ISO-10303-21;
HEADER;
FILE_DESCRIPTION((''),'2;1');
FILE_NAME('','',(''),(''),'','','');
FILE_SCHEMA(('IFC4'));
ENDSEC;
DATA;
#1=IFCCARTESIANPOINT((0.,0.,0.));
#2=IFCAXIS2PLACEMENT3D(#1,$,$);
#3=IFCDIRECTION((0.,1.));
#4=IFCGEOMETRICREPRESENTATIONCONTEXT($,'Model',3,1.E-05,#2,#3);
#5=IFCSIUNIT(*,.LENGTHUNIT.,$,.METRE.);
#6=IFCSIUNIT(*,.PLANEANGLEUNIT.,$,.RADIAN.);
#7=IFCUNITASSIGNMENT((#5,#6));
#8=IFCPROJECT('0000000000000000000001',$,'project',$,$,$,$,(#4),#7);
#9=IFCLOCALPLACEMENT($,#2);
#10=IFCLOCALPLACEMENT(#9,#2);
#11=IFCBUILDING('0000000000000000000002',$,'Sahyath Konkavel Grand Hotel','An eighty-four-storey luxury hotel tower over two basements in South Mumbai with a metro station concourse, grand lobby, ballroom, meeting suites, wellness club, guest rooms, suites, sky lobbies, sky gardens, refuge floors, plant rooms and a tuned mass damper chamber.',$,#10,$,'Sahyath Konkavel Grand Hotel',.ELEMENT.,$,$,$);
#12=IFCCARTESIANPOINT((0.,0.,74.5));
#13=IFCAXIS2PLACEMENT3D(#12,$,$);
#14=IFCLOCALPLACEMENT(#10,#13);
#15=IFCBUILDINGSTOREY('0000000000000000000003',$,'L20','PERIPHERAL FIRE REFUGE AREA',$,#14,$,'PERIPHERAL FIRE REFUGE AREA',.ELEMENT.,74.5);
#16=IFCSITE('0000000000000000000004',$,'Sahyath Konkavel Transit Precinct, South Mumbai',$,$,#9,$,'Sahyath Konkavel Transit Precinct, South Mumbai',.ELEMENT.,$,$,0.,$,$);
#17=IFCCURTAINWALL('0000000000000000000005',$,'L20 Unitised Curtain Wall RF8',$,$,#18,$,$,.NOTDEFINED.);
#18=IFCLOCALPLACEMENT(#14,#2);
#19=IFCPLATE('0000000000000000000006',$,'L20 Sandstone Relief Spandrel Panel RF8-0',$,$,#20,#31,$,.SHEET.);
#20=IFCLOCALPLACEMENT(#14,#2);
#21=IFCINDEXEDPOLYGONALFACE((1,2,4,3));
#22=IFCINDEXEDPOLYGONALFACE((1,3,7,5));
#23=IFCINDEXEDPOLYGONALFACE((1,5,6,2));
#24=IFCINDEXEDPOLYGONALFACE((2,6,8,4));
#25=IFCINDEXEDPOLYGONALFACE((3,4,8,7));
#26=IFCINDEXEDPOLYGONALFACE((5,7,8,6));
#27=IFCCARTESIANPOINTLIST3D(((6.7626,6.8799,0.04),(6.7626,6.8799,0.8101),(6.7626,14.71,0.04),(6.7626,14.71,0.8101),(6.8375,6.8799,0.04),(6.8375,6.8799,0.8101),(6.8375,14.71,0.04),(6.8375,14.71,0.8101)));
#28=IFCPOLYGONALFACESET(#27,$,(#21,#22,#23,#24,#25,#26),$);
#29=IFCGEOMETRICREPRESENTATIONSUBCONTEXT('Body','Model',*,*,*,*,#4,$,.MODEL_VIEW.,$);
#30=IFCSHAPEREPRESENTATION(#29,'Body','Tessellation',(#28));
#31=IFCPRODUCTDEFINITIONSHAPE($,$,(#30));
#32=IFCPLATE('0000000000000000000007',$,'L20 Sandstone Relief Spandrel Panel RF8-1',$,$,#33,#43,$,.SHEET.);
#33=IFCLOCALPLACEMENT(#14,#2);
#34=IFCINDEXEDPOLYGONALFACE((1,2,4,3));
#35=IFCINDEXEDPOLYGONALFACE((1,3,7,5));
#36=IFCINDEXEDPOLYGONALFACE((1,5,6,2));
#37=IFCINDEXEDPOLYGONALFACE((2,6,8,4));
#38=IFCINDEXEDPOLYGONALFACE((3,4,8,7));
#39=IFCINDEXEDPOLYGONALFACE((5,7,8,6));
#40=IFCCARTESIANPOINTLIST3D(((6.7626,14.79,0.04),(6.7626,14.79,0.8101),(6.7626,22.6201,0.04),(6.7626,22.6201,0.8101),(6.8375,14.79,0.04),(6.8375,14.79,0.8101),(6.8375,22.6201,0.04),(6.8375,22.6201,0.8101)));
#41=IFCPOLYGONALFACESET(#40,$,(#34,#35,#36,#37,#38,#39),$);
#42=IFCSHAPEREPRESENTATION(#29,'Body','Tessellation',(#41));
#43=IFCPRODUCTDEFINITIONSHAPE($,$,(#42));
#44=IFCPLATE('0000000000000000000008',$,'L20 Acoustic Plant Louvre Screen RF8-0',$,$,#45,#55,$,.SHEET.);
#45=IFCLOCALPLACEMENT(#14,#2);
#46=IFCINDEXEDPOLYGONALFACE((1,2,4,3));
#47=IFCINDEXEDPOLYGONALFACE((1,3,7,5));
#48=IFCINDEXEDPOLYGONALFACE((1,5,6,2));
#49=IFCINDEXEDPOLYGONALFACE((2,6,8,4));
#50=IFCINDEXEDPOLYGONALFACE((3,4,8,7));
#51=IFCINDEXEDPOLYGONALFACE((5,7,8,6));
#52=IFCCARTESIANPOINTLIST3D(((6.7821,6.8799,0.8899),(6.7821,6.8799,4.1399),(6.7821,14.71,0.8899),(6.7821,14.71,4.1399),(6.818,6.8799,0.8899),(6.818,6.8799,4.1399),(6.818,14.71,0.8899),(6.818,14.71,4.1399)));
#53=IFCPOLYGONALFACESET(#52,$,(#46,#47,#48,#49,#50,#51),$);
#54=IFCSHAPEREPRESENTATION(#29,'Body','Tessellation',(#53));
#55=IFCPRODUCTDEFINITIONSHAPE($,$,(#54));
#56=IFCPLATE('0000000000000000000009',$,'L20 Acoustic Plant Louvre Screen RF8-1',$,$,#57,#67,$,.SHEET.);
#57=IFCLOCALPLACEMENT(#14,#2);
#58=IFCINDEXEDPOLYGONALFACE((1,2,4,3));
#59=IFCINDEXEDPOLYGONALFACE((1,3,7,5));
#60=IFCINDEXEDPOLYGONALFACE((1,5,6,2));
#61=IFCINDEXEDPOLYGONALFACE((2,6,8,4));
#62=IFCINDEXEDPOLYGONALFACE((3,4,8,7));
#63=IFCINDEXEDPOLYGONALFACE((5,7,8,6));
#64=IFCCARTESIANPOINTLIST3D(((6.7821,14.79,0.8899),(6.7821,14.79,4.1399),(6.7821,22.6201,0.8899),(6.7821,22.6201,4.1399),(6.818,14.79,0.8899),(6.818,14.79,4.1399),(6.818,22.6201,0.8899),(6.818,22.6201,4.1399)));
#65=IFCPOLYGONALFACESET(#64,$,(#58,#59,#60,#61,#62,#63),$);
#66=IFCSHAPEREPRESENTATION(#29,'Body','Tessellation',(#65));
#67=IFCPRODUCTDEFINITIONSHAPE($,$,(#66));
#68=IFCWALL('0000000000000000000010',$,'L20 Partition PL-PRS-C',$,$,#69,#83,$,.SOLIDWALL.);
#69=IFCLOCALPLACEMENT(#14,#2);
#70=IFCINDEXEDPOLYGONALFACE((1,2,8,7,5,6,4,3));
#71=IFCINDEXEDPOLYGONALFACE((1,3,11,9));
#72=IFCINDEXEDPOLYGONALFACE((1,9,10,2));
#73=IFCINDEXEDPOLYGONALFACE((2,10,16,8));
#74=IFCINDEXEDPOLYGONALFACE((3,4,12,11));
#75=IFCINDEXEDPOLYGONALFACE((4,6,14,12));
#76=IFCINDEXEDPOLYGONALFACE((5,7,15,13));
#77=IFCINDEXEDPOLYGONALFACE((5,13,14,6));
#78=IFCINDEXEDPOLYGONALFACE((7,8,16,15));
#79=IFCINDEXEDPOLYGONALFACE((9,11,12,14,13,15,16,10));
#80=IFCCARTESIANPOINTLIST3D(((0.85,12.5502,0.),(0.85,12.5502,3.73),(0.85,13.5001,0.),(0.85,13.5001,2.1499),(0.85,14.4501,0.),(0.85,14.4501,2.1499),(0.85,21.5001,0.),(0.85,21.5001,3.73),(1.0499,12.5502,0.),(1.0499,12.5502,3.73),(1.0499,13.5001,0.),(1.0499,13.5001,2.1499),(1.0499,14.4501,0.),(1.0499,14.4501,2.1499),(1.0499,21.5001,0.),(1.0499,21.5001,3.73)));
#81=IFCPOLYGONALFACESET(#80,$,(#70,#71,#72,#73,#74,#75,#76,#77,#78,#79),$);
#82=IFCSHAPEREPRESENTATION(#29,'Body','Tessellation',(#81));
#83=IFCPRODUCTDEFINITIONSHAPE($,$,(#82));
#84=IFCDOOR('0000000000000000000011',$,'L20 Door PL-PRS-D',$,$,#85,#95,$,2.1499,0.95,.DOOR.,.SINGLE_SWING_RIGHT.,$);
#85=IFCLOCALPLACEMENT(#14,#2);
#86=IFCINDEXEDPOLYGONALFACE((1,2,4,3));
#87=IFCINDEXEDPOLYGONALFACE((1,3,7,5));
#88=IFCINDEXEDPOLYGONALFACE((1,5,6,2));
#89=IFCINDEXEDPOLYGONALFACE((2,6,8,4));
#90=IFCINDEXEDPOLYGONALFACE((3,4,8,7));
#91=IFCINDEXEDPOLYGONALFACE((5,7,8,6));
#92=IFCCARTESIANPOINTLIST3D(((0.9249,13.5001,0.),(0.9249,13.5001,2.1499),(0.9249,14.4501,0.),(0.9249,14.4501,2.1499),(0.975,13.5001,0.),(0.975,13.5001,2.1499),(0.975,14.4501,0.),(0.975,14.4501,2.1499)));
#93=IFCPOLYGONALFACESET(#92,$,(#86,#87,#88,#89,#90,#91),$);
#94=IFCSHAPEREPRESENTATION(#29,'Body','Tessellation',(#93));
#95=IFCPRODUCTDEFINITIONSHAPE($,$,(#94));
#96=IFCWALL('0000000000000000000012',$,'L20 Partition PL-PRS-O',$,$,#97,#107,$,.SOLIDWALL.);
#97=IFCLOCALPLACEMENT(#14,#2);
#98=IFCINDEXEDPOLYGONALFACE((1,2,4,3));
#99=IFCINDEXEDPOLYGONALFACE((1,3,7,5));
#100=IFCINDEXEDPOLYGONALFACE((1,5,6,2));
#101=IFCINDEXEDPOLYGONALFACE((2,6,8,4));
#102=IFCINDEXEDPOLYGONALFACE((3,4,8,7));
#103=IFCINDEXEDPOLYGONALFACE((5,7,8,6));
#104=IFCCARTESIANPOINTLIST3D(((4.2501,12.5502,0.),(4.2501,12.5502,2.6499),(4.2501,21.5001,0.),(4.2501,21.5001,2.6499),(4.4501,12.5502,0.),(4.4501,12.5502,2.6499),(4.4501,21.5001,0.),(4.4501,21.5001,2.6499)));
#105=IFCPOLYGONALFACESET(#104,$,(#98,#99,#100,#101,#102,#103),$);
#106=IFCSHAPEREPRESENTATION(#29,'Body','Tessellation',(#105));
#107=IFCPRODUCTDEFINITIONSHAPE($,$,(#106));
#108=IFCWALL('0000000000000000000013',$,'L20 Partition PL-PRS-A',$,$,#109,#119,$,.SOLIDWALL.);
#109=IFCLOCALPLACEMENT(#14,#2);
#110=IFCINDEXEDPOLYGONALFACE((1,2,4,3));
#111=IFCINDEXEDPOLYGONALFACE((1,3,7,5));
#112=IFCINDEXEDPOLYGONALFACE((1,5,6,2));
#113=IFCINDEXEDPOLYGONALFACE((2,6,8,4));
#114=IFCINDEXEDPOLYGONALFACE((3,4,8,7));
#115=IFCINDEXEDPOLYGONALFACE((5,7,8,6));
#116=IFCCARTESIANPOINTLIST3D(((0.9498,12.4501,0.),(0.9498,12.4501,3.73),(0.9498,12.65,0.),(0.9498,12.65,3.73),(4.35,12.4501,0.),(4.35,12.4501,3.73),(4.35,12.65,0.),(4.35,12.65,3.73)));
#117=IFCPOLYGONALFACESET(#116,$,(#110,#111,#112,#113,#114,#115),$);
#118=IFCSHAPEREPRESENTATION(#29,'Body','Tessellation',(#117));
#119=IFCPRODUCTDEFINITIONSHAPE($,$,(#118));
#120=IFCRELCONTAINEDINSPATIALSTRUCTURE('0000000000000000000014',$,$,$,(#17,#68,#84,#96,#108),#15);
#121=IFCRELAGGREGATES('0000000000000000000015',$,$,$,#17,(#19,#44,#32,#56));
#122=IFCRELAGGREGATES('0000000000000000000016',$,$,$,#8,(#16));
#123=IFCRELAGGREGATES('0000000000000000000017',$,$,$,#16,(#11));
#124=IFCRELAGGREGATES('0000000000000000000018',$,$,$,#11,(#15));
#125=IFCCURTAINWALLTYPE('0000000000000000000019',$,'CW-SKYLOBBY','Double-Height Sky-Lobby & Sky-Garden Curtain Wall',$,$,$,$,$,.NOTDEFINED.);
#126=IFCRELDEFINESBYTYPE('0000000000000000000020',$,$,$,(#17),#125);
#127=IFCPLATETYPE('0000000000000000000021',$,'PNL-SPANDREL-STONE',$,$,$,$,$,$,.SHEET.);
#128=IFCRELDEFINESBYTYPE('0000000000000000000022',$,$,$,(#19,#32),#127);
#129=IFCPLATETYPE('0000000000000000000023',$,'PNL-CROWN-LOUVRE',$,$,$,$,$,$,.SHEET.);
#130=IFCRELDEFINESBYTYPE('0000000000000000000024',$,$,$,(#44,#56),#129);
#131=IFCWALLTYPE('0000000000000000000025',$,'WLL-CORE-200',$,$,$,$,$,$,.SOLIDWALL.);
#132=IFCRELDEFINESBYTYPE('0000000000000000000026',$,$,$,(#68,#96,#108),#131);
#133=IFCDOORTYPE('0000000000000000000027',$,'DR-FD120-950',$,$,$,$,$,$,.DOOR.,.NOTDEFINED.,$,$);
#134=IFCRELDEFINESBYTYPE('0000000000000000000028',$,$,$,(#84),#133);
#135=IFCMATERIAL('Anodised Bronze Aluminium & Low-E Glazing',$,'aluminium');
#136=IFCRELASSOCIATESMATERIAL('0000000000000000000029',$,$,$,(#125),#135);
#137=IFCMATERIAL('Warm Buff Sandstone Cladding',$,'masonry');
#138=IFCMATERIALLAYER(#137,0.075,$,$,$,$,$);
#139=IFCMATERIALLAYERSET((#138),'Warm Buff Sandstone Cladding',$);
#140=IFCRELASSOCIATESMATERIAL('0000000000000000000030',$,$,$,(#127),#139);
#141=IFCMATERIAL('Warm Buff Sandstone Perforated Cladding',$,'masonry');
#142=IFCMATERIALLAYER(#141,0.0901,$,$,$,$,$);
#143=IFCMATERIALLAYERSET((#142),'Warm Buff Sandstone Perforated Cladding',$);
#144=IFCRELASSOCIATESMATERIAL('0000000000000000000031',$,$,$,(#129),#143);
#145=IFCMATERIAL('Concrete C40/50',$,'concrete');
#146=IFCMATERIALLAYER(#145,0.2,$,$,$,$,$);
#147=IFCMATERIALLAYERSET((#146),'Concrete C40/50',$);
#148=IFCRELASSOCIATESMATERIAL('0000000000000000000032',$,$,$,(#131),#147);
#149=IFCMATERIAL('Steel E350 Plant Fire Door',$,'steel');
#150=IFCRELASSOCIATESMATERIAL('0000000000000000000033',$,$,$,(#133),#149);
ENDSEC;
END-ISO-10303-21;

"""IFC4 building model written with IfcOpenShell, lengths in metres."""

from ifc_helpers import new_model, si_unit, direction, frame, frame_2d, origin, origin_2d, place, context, subcontext, project, spatial, rectangle, extrude, source, transform, mapped, material, layer, layer_set, type_object, element, fill, aggregate, save


model = new_model("IFC4")

# Units and contexts
model_context = context("Model", 3, precision=1e-05, world=origin(), true_north=direction((0.0, 1.0)))
body_context = subcontext(model_context, "Body", "Model", "MODEL_VIEW")
ifc_project = project(units=[si_unit("LENGTHUNIT", "METRE"), si_unit("PLANEANGLEUNIT", "RADIAN")], contexts=[model_context])

# Site, building, storey
site_placement = place(None, origin())
site = spatial("IfcSite", under=ifc_project, at=site_placement, Name="Sahyath Konkavel Transit Precinct, South Mumbai", LongName="Sahyath Konkavel Transit Precinct, South Mumbai", CompositionType="ELEMENT", RefElevation=0.0)
building_placement = place(site_placement, origin())
building = spatial("IfcBuilding", under=site, at=building_placement, Name="Sahyath Konkavel Grand Hotel", Description="An eighty-four-storey luxury hotel tower over two basements in South Mumbai with a metro station concourse, grand lobby, ballroom, meeting suites, wellness club, guest rooms, suites, sky lobbies, sky gardens, refuge floors, plant rooms and a tuned mass damper chamber.", LongName="Sahyath Konkavel Grand Hotel", CompositionType="ELEMENT")
storey_placement = place(building_placement, frame((0.0, 0.0, 74.5)))
storey = spatial("IfcBuildingStorey", under=building, at=storey_placement, Name="L20", Description="PERIPHERAL FIRE REFUGE AREA", LongName="PERIPHERAL FIRE REFUGE AREA", CompositionType="ELEMENT", Elevation=74.5)

# Curtain wall
ifc_material_1 = material(Name="Anodised Bronze Aluminium & Low-E Glazing", Category="aluminium")
curtain_wall_type = type_object("IfcCurtainWallType", Name="CW-SKYLOBBY", Description="Double-Height Sky-Lobby & Sky-Garden Curtain Wall", PredefinedType="NOTDEFINED", material=ifc_material_1)
curtain_wall_placement = place(storey_placement, origin())
curtain_wall = element("IfcCurtainWall", 1, at=curtain_wall_placement, inside=storey, type_object=curtain_wall_type, Name="L20 Unitised Curtain Wall RF8", PredefinedType="NOTDEFINED")

# Plates
ifc_material_2 = material(Name="Warm Buff Sandstone Cladding", Category="masonry")
ifc_layer_1 = layer(ifc_material_2, 0.075)
ifc_layer_set_1 = layer_set([ifc_layer_1], Name="Warm Buff Sandstone Cladding")
plate_type_1 = type_object("IfcPlateType", Name="PNL-SPANDREL-STONE", PredefinedType="SHEET", material=ifc_layer_set_1)
shared_shape_1 = source(origin(), body_context, "Body", "SweptSolid", [
    extrude(rectangle(XDim=7.8301, YDim=0.075, at=origin_2d()), origin(), (0.0, 0.0, 1.0), 0.77),
])
plate_1_placement = place(storey_placement, frame((6.8, 10.7949, 0.04), z_axis=(0.0, 0.0, 1.0), x_axis=(0.0, 1.0, 0.0)))
plate_1 = element("IfcPlate", 2, at=plate_1_placement, type_object=plate_type_1, Name="L20 Sandstone Relief Spandrel Panel RF8-0", PredefinedType="SHEET", context=body_context, shape_type="MappedRepresentation", body=[
    mapped(shared_shape_1, transform((0.0, 0.0, 0.0), scale=1.0)),
])
plate_2_placement = place(storey_placement, frame((6.8, 18.7051, 0.04), z_axis=(0.0, 0.0, 1.0), x_axis=(0.0, 1.0, 0.0)))
plate_2 = element("IfcPlate", 3, at=plate_2_placement, type_object=plate_type_1, Name="L20 Sandstone Relief Spandrel Panel RF8-1", PredefinedType="SHEET", context=body_context, shape_type="MappedRepresentation", body=[
    mapped(shared_shape_1, transform((0.0, 0.0, 0.0), scale=1.0)),
])
ifc_material_3 = material(Name="Warm Buff Sandstone Perforated Cladding", Category="masonry")
ifc_layer_2 = layer(ifc_material_3, 0.0901)
ifc_layer_set_2 = layer_set([ifc_layer_2], Name="Warm Buff Sandstone Perforated Cladding")
plate_type_2 = type_object("IfcPlateType", Name="PNL-CROWN-LOUVRE", PredefinedType="SHEET", material=ifc_layer_set_2)
shared_shape_2 = source(origin(), body_context, "Body", "SweptSolid", [
    extrude(rectangle(XDim=7.8301, YDim=0.0359, at=origin_2d()), origin(), (0.0, 0.0, 1.0), 3.25),
])
plate_3_placement = place(storey_placement, frame((6.8, 10.7949, 0.8899), z_axis=(0.0, 0.0, 1.0), x_axis=(0.0, 1.0, 0.0)))
plate_3 = element("IfcPlate", 4, at=plate_3_placement, type_object=plate_type_2, Name="L20 Acoustic Plant Louvre Screen RF8-0", PredefinedType="SHEET", context=body_context, shape_type="MappedRepresentation", body=[
    mapped(shared_shape_2, transform((0.0, 0.0, 0.0), scale=1.0)),
])
plate_4_placement = place(storey_placement, frame((6.8, 18.7051, 0.8899), z_axis=(0.0, 0.0, 1.0), x_axis=(0.0, 1.0, 0.0)))
plate_4 = element("IfcPlate", 5, at=plate_4_placement, type_object=plate_type_2, Name="L20 Acoustic Plant Louvre Screen RF8-1", PredefinedType="SHEET", context=body_context, shape_type="MappedRepresentation", body=[
    mapped(shared_shape_2, transform((0.0, 0.0, 0.0), scale=1.0)),
])
aggregate(curtain_wall, [plate_1, plate_3, plate_2, plate_4])

# Wall, opening, door
ifc_material_4 = material(Name="Concrete C40/50", Category="concrete")
ifc_layer_3 = layer(ifc_material_4, 0.2)
ifc_layer_set_3 = layer_set([ifc_layer_3], Name="Concrete C40/50")
wall_type = type_object("IfcWallType", Name="WLL-CORE-200", PredefinedType="SOLIDWALL", material=ifc_layer_set_3)
wall_1_placement = place(storey_placement, frame((0.95, 12.55, 0.0), z_axis=(0.0, 0.0, 1.0), x_axis=(0.0, 1.0, 0.0)))
wall_1 = element("IfcWall", 6, at=wall_1_placement, inside=storey, type_object=wall_type, Name="L20 Partition PL-PRS-C", PredefinedType="SOLIDWALL", context=body_context, shape_type="SweptSolid", body=[
    extrude(rectangle(XDim=8.95, YDim=0.2, at=frame_2d((4.4751, 0.0))), origin(), (0.0, 0.0, 1.0), 3.73),
])
opening_placement = place(wall_1_placement, frame((0.95, 0.0, 0.0)))
opening = element("IfcOpeningElement", 7, at=opening_placement, cuts=wall_1, PredefinedType="OPENING", context=body_context, shape_type="SweptSolid", body=[
    extrude(rectangle(XDim=0.95, YDim=2.1499, at=frame_2d((0.4751, 1.075))), frame((0.0, 0.1099, 0.0), z_axis=(0.0, -1.0, 0.0), x_axis=(1.0, 0.0, 0.0)), (0.0, 0.0, 1.0), 0.22),
])
ifc_material_5 = material(Name="Steel E350 Plant Fire Door", Category="steel")
door_type = type_object("IfcDoorType", Name="DR-FD120-950", OperationType="NOTDEFINED", PredefinedType="DOOR", material=ifc_material_5)
shared_shape_3 = source(origin(), body_context, "Body", "SweptSolid", [
    extrude(rectangle(XDim=0.95, YDim=0.05, at=origin_2d()), origin(), (0.0, 0.0, 1.0), 2.1499),
])
door_placement = place(opening_placement, frame((0.4751, 0.0, 0.0)))
door = element("IfcDoor", 8, at=door_placement, inside=storey, type_object=door_type, Name="L20 Door PL-PRS-D", OperationType="SINGLE_SWING_RIGHT", OverallHeight=2.1499, OverallWidth=0.95, PredefinedType="DOOR", context=body_context, shape_type="MappedRepresentation", body=[
    mapped(shared_shape_3, transform((0.0, 0.0, 0.0), scale=1.0)),
])
fill(opening, door)

# Walls
wall_2_placement = place(storey_placement, frame((4.3501, 12.55, 0.0), z_axis=(0.0, 0.0, 1.0), x_axis=(0.0, 1.0, 0.0)))
element("IfcWall", 9, at=wall_2_placement, inside=storey, type_object=wall_type, Name="L20 Partition PL-PRS-O", PredefinedType="SOLIDWALL", context=body_context, shape_type="SweptSolid", body=[
    extrude(rectangle(XDim=8.95, YDim=0.2, at=frame_2d((4.4751, 0.0))), origin(), (0.0, 0.0, 1.0), 2.6499),
])
wall_3_placement = place(storey_placement, frame((4.3501, 12.55, 0.0), z_axis=(0.0, 0.0, 1.0), x_axis=(-1.0, 0.0, 0.0)))
element("IfcWall", 10, at=wall_3_placement, inside=storey, type_object=wall_type, Name="L20 Partition PL-PRS-A", PredefinedType="SOLIDWALL", context=body_context, shape_type="SweptSolid", body=[
    extrude(rectangle(XDim=3.4001, YDim=0.2, at=frame_2d((1.7002, 0.0))), origin(), (0.0, 0.0, 1.0), 3.73),
])

save(model, "model.ifc")
